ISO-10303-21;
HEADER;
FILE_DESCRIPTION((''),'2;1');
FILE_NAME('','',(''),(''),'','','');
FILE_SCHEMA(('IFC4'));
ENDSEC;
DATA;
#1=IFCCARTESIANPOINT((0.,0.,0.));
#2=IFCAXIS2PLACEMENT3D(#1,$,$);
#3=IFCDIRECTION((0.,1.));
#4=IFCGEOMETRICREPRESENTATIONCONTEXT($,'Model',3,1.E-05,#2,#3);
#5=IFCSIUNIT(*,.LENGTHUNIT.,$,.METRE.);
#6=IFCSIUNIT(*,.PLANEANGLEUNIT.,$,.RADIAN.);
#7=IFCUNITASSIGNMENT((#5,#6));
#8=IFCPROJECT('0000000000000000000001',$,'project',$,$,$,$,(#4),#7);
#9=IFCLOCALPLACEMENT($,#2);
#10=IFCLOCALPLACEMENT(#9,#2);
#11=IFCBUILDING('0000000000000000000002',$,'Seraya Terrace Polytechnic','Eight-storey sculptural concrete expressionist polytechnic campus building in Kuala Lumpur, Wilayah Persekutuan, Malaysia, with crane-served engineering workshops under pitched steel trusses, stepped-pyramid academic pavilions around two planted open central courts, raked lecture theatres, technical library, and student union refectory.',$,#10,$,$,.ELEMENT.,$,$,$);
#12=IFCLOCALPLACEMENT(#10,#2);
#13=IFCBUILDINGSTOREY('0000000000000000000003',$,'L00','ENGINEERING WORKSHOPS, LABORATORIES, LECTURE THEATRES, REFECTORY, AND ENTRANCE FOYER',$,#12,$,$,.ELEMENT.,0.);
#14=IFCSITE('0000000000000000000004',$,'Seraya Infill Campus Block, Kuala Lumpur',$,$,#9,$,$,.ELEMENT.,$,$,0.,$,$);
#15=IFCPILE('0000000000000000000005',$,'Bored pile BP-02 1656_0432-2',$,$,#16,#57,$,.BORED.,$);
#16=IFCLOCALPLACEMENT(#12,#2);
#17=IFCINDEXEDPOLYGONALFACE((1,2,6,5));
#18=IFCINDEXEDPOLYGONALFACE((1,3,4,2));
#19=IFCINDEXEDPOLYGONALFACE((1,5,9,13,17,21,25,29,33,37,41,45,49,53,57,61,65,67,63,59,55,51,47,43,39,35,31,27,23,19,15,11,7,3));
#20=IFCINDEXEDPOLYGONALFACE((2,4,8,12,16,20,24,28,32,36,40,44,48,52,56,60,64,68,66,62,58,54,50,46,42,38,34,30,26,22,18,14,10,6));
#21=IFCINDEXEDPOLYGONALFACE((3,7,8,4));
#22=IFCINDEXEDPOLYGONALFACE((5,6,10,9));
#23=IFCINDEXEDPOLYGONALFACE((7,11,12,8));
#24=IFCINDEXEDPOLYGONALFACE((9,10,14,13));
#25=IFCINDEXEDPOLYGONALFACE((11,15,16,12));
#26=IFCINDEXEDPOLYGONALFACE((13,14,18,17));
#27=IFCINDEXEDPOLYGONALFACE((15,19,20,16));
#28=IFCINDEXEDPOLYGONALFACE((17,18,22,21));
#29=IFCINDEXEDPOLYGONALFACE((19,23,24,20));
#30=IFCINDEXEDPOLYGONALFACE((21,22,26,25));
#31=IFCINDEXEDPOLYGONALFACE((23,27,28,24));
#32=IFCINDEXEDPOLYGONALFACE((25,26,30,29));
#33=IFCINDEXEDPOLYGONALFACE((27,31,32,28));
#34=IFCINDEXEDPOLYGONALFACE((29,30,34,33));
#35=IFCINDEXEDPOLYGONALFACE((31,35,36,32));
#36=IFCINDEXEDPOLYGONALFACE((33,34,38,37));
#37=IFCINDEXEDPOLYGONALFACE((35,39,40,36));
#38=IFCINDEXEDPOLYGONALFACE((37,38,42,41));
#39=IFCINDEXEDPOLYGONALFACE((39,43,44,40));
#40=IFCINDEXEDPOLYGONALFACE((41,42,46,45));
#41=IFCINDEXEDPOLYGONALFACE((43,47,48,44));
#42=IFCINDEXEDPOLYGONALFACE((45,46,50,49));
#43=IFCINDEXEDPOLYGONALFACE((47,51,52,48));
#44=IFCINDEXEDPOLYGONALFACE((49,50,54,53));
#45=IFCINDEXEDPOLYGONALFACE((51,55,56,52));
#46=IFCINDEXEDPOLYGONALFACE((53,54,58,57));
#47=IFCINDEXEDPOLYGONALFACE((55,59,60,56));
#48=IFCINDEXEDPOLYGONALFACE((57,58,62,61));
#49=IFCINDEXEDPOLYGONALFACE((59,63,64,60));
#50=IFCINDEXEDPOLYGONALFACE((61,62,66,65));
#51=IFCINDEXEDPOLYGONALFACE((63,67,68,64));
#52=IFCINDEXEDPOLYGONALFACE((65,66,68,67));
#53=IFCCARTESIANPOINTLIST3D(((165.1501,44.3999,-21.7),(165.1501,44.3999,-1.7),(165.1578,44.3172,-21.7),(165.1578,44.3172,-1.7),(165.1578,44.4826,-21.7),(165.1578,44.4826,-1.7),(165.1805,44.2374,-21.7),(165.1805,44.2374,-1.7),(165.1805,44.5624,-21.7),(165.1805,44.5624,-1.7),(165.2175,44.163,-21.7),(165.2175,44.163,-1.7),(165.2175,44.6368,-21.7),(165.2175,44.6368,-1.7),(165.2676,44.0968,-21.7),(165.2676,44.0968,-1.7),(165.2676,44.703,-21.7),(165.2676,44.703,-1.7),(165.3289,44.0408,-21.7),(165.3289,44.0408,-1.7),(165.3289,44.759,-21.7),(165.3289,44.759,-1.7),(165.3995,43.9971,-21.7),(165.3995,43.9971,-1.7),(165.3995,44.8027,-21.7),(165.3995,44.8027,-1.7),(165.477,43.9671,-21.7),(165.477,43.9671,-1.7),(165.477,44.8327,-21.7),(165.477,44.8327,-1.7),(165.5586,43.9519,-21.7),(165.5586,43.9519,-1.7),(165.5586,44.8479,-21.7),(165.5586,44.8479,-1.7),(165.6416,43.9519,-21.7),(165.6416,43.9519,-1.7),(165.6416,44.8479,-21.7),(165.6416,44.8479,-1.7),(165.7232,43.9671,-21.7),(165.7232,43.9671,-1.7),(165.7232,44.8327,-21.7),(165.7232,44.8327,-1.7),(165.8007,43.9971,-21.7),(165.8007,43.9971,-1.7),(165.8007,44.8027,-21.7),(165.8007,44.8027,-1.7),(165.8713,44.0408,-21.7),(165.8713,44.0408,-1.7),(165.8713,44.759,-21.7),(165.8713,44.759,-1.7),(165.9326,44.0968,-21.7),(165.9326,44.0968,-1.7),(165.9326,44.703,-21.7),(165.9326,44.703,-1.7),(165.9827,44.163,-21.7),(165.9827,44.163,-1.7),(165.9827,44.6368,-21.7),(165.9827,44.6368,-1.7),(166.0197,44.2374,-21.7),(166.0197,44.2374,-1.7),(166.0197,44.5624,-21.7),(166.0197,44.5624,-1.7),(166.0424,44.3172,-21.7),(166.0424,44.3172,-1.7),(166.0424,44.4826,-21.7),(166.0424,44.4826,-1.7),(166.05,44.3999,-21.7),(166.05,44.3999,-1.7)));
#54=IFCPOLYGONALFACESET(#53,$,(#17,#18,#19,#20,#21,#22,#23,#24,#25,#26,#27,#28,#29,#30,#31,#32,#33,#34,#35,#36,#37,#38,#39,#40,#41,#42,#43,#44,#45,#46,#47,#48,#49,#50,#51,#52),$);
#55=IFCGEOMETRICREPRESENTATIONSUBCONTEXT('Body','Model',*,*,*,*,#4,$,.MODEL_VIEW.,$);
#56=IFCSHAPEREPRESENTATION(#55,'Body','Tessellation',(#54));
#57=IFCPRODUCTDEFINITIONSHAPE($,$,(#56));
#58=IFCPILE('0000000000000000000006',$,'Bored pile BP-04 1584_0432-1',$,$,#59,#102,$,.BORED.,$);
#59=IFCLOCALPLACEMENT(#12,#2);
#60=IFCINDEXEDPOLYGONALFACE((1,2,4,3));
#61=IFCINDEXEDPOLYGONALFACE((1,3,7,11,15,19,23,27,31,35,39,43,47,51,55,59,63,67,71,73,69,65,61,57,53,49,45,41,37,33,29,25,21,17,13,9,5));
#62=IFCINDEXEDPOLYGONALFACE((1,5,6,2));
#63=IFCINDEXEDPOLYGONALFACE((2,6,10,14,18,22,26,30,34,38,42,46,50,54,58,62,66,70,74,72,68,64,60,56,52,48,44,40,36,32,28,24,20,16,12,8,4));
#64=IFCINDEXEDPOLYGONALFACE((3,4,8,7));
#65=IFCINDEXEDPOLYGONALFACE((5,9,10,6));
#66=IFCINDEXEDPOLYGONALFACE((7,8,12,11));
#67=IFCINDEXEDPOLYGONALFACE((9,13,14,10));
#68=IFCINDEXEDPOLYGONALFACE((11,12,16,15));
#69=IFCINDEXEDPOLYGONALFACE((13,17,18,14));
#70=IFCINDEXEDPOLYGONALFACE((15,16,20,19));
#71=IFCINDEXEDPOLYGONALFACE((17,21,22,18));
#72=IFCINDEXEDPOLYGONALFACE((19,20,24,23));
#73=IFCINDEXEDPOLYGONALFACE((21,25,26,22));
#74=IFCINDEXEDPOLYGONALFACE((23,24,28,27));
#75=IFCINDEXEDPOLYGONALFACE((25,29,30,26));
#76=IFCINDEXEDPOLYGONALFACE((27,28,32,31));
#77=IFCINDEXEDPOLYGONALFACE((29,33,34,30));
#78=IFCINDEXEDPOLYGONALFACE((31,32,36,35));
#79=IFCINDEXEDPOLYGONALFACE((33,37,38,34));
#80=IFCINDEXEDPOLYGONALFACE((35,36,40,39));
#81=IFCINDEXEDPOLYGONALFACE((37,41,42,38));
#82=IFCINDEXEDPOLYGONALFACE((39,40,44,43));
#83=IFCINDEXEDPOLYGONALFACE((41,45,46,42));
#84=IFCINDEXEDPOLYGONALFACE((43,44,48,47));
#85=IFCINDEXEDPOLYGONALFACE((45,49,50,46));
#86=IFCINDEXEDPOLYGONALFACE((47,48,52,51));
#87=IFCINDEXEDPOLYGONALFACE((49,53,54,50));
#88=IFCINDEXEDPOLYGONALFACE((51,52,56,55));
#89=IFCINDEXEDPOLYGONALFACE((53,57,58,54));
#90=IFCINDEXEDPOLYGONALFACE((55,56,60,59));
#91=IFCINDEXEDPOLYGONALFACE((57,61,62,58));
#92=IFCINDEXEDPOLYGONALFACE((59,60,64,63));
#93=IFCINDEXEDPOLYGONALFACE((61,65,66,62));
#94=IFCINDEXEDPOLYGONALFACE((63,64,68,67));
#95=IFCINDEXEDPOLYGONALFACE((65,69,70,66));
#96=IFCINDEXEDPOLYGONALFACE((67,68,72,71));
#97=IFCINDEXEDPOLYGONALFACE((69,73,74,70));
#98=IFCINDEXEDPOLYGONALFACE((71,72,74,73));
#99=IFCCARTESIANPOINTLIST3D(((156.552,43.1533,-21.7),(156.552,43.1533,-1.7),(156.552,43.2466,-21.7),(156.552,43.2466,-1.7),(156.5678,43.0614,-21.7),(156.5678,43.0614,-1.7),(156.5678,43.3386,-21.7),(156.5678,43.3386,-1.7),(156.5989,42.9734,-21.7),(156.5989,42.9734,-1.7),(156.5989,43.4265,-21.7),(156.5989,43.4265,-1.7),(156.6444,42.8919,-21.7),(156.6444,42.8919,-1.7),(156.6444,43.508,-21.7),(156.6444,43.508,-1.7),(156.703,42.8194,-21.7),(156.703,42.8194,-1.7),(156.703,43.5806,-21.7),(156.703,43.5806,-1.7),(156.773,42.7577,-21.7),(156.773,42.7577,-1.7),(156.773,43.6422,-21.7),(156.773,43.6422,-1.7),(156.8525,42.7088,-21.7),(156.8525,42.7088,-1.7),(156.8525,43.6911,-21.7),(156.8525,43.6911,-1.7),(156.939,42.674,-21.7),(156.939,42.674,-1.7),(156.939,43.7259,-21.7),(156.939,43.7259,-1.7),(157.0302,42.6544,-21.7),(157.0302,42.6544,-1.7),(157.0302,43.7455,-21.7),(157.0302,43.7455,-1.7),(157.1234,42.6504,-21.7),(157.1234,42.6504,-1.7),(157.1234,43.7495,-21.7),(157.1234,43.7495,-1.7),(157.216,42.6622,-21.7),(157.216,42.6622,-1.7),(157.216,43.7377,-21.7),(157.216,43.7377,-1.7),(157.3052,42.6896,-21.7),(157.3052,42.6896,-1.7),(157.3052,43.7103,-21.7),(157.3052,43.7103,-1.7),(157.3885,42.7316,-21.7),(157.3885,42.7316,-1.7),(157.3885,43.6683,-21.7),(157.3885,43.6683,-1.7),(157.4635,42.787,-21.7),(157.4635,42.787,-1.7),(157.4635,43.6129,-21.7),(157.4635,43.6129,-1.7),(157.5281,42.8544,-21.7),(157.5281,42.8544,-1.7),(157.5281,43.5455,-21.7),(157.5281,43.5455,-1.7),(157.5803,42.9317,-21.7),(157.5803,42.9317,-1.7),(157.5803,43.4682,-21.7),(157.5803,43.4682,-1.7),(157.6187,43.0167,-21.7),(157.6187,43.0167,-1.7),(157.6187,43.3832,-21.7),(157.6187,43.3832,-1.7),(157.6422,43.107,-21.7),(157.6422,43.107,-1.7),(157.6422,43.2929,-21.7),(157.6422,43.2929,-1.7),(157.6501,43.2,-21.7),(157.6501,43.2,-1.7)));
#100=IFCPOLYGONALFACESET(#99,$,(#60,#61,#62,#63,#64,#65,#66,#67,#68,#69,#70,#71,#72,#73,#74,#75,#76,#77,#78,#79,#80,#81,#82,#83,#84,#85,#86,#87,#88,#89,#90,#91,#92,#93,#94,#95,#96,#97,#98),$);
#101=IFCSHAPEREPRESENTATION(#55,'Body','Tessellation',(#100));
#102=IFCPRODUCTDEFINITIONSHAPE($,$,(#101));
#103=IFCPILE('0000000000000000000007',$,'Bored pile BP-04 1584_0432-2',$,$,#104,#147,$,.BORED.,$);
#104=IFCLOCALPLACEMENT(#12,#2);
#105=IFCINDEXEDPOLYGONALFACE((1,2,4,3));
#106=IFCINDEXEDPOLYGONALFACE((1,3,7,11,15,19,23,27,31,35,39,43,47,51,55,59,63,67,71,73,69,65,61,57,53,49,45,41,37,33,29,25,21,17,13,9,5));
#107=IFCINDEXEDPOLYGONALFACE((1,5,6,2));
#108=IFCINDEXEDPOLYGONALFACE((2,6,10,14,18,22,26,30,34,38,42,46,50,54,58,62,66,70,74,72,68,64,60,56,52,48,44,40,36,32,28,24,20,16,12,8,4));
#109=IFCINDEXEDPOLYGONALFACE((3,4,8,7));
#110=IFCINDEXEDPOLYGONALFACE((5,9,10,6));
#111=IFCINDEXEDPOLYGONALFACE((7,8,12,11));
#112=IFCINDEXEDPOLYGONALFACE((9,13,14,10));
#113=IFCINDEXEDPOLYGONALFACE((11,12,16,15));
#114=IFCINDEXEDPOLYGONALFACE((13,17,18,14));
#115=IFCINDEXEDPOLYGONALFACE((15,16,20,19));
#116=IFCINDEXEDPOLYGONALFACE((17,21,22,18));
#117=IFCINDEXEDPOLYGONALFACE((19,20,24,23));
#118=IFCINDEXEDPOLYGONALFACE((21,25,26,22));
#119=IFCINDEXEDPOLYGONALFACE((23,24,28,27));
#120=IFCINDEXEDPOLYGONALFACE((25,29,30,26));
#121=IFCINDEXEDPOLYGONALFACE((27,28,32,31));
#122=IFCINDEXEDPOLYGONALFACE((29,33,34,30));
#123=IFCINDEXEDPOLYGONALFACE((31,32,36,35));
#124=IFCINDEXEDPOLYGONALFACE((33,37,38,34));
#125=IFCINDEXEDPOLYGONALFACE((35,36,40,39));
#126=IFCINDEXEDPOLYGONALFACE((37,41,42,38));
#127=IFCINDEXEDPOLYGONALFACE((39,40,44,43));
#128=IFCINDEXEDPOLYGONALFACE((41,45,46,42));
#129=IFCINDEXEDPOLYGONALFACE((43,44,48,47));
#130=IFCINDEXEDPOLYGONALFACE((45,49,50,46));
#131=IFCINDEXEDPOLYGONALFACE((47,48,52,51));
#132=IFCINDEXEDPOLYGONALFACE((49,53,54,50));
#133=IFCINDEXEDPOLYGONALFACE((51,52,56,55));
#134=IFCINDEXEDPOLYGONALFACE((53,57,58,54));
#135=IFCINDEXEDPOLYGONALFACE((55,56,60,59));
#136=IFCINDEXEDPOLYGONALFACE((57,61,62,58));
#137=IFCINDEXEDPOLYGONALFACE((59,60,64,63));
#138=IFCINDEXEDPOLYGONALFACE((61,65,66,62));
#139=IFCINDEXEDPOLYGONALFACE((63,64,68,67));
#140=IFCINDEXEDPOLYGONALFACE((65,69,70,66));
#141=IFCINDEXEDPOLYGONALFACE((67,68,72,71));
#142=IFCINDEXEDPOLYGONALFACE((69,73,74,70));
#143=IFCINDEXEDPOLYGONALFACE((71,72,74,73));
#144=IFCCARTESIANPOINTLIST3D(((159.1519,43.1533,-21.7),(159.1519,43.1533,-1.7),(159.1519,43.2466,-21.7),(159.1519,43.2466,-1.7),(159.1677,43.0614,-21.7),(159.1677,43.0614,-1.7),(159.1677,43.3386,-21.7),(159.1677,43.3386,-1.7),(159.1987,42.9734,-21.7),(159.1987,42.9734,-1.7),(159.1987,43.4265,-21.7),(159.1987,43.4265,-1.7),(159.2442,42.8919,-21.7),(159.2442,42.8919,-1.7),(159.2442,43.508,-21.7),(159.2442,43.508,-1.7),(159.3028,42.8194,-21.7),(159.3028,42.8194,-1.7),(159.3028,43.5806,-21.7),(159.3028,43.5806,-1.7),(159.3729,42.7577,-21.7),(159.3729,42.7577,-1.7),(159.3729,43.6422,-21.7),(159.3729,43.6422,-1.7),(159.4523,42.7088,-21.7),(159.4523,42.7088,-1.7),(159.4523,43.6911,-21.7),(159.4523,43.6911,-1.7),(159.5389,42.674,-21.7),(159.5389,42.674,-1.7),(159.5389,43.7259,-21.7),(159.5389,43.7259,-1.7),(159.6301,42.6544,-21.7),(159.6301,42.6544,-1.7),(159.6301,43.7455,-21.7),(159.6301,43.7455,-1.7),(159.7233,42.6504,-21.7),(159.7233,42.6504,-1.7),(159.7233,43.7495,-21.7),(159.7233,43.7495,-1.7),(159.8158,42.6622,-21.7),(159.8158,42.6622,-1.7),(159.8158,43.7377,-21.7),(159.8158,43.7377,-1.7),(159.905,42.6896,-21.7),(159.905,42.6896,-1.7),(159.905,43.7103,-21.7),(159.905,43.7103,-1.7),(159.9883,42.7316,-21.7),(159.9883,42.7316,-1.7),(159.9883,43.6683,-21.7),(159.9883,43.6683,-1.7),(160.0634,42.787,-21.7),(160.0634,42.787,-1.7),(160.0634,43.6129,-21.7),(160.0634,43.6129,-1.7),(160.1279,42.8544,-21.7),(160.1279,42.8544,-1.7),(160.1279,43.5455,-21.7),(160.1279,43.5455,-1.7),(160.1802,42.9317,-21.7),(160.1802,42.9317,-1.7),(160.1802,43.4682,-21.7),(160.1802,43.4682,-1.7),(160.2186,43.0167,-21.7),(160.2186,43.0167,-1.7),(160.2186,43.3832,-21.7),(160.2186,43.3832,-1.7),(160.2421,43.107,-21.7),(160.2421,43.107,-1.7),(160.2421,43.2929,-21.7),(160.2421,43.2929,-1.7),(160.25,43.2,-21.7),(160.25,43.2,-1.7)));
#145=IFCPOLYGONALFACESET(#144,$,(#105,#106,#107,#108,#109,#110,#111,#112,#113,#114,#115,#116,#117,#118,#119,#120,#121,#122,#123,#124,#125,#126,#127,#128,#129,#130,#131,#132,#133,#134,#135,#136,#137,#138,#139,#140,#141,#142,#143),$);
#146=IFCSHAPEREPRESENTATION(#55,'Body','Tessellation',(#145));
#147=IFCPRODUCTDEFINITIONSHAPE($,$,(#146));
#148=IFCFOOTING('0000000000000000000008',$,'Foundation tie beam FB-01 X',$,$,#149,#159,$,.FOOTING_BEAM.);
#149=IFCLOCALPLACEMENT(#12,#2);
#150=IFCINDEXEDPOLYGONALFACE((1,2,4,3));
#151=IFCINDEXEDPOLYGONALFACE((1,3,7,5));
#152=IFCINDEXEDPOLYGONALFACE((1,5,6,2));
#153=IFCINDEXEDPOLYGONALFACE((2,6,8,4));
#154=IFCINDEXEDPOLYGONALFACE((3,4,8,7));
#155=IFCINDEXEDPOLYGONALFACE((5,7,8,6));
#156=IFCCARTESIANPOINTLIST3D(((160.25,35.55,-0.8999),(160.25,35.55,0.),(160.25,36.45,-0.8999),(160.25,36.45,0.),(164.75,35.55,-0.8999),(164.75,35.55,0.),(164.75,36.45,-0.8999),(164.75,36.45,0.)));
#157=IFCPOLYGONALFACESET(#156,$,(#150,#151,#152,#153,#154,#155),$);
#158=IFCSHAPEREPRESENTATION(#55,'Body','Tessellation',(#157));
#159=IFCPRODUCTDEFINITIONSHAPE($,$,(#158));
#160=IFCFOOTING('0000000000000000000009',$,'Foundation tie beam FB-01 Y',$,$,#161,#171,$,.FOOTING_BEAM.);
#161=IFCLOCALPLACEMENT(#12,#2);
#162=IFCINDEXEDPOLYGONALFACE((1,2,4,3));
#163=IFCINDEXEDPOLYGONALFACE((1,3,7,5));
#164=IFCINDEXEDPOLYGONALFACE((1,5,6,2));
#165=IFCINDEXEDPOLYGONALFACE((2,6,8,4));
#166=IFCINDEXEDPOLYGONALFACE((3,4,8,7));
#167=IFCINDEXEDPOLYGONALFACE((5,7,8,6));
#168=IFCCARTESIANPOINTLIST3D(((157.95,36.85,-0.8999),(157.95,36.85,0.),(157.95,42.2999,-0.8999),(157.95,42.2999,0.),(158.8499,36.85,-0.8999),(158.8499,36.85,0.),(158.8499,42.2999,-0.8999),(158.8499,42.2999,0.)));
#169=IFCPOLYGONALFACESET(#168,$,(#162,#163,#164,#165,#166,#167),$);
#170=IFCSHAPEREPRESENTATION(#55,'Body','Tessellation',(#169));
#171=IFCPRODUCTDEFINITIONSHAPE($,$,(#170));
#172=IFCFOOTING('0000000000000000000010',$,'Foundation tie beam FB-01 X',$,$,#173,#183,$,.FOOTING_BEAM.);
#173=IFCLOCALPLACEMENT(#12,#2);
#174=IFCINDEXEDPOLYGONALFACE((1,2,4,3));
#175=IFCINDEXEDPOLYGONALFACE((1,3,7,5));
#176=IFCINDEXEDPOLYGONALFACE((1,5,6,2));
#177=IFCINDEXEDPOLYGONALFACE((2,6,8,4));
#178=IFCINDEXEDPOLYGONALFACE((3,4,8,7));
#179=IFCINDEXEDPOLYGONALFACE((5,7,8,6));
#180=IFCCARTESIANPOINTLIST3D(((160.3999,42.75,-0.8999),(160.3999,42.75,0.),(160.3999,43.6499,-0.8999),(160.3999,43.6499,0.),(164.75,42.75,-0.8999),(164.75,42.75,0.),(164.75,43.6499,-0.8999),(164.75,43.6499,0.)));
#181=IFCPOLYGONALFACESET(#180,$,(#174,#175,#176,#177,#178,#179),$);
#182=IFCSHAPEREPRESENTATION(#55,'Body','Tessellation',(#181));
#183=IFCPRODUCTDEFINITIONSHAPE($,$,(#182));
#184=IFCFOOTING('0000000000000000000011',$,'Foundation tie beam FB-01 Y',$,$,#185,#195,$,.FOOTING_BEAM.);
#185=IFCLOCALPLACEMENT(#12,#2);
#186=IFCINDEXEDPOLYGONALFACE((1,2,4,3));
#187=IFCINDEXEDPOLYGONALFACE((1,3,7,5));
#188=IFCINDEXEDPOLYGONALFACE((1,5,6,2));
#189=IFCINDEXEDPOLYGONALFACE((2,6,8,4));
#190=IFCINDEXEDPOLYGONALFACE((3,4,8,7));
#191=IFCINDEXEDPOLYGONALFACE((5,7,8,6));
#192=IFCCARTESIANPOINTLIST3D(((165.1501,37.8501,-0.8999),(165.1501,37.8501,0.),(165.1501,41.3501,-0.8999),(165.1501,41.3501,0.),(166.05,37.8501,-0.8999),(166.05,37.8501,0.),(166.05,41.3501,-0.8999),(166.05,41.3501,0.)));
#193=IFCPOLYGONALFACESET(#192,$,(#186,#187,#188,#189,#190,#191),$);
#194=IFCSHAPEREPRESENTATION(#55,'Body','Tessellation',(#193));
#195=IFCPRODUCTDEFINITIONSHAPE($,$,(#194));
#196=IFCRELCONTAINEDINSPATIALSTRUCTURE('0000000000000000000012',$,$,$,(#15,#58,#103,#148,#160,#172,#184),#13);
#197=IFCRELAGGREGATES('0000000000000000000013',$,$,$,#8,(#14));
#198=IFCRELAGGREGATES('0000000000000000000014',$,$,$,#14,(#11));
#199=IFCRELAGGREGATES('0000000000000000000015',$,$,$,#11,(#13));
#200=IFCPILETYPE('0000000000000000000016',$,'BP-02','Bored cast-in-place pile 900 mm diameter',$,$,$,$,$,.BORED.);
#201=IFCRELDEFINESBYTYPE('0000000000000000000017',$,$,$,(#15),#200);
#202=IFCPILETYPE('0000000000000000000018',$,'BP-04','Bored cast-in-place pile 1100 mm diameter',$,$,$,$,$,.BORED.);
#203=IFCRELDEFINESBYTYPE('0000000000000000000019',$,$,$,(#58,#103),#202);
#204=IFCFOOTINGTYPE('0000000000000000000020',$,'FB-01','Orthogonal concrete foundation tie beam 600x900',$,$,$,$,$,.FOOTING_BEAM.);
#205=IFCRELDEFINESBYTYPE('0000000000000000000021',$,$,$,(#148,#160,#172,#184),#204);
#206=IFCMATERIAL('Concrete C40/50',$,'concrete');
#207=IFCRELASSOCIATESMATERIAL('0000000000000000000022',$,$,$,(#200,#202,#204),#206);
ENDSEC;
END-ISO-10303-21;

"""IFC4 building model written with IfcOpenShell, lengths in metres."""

from ifc_helpers import new_model, si_unit, direction, frame, origin, origin_2d, place, context, subcontext, project, spatial, rectangle, circle, extrude, material, material_profile, profile_set, type_object, element, save


model = new_model("IFC4")

# Units and contexts
model_context = context("Model", 3, precision=1e-05, world=origin(), true_north=direction((0.0, 1.0)))
body_context = subcontext(model_context, "Body", "Model", "MODEL_VIEW")
ifc_project = project(units=[si_unit("LENGTHUNIT", "METRE"), si_unit("PLANEANGLEUNIT", "RADIAN")], contexts=[model_context])

# Site, building, storey
site_placement = place(None, origin())
site = spatial("IfcSite", under=ifc_project, at=site_placement, Name="Seraya Infill Campus Block, Kuala Lumpur", CompositionType="ELEMENT", RefElevation=0.0)
building_placement = place(site_placement, origin())
building = spatial("IfcBuilding", under=site, at=building_placement, Name="Seraya Terrace Polytechnic", Description="Eight-storey sculptural concrete expressionist polytechnic campus building in Kuala Lumpur, Wilayah Persekutuan, Malaysia, with crane-served engineering workshops under pitched steel trusses, stepped-pyramid academic pavilions around two planted open central courts, raked lecture theatres, technical library, and student union refectory.", CompositionType="ELEMENT")
storey_placement = place(building_placement, origin())
storey = spatial("IfcBuildingStorey", under=building, at=storey_placement, Name="L00", Description="ENGINEERING WORKSHOPS, LABORATORIES, LECTURE THEATRES, REFECTORY, AND ENTRANCE FOYER", CompositionType="ELEMENT", Elevation=0.0)

# Piles
ifc_material_1 = material(Name="Concrete C40/50", Category="concrete")
ifc_material_profile_1 = material_profile(ifc_material_1, circle(Radius=0.45, at=origin_2d()), Name="DIA 900")
ifc_profile_set_1 = profile_set([ifc_material_profile_1], Name="Concrete C40/50")
pile_type_1 = type_object("IfcPileType", Name="BP-02", Description="Bored cast-in-place pile 900 mm diameter", PredefinedType="BORED", material=ifc_profile_set_1)
for number, where, z_axis, x_axis, name in (
    (1, (165.6001, 44.3999, -1.7), (0.0, 0.0, -1.0), (1.0, 0.0, 0.0), "Bored pile BP-02 1656_0432-2"),
):
    element("IfcPile", number, at=place(storey_placement, frame(where, z_axis=z_axis, x_axis=x_axis)), inside=storey, type_object=pile_type_1, Name=name, PredefinedType="BORED", context=body_context, shape_type="SweptSolid", body=[
        extrude(circle(Radius=0.45, at=origin_2d()), origin(), (0.0, 0.0, 1.0), 20.0),
    ])
ifc_material_profile_2 = material_profile(ifc_material_1, circle(Radius=0.55, at=origin_2d()), Name="DIA 1100")
ifc_profile_set_2 = profile_set([ifc_material_profile_2], Name="Concrete C40/50")
pile_type_2 = type_object("IfcPileType", Name="BP-04", Description="Bored cast-in-place pile 1100 mm diameter", PredefinedType="BORED", material=ifc_profile_set_2)
for number, where, z_axis, x_axis, name in (
    (2, (157.1001, 43.2, -1.7), (0.0, 0.0, -1.0), (1.0, 0.0, 0.0), "Bored pile BP-04 1584_0432-1"),
    (3, (159.7, 43.2, -1.7), (0.0, 0.0, -1.0), (1.0, 0.0, 0.0), "Bored pile BP-04 1584_0432-2"),
):
    element("IfcPile", number, at=place(storey_placement, frame(where, z_axis=z_axis, x_axis=x_axis)), inside=storey, type_object=pile_type_2, Name=name, PredefinedType="BORED", context=body_context, shape_type="SweptSolid", body=[
        extrude(circle(Radius=0.55, at=origin_2d()), origin(), (0.0, 0.0, 1.0), 20.0),
    ])

# Footings
footing_type_1 = type_object("IfcFootingType", Name="FB-01", Description="Orthogonal concrete foundation tie beam 600x900", PredefinedType="FOOTING_BEAM", material=ifc_material_1)
footing_1_placement = place(storey_placement, frame((162.5, 36.0, -0.8999), z_axis=(0.0, 0.0, 1.0), x_axis=(1.0, 0.0, 0.0)))
element("IfcFooting", 4, at=footing_1_placement, inside=storey, type_object=footing_type_1, Name="Foundation tie beam FB-01 X", PredefinedType="FOOTING_BEAM", context=body_context, shape_type="SweptSolid", body=[
    extrude(rectangle(XDim=4.5, YDim=0.8999, at=origin_2d()), origin(), (0.0, 0.0, 1.0), 0.8999),
])
footing_2_placement = place(storey_placement, frame((158.3999, 39.575, -0.8999), z_axis=(0.0, 0.0, 1.0), x_axis=(0.0, 1.0, 0.0)))
element("IfcFooting", 5, at=footing_2_placement, inside=storey, type_object=footing_type_1, Name="Foundation tie beam FB-01 Y", PredefinedType="FOOTING_BEAM", context=body_context, shape_type="SweptSolid", body=[
    extrude(rectangle(XDim=5.45, YDim=0.8999, at=origin_2d()), origin(), (0.0, 0.0, 1.0), 0.8999),
])
footing_3_placement = place(storey_placement, frame((162.575, 43.2, -0.8999), z_axis=(0.0, 0.0, 1.0), x_axis=(1.0, 0.0, 0.0)))
element("IfcFooting", 6, at=footing_3_placement, inside=storey, type_object=footing_type_1, Name="Foundation tie beam FB-01 X", PredefinedType="FOOTING_BEAM", context=body_context, shape_type="SweptSolid", body=[
    extrude(rectangle(XDim=4.3501, YDim=0.8999, at=origin_2d()), origin(), (0.0, 0.0, 1.0), 0.8999),
])
footing_4_placement = place(storey_placement, frame((165.6001, 39.6001, -0.8999), z_axis=(0.0, 0.0, 1.0), x_axis=(0.0, 1.0, 0.0)))
element("IfcFooting", 7, at=footing_4_placement, inside=storey, type_object=footing_type_1, Name="Foundation tie beam FB-01 Y", PredefinedType="FOOTING_BEAM", context=body_context, shape_type="SweptSolid", body=[
    extrude(rectangle(XDim=3.5, YDim=0.8999, at=origin_2d()), origin(), (0.0, 0.0, 1.0), 0.8999),
])

save(model, "model.ifc")
